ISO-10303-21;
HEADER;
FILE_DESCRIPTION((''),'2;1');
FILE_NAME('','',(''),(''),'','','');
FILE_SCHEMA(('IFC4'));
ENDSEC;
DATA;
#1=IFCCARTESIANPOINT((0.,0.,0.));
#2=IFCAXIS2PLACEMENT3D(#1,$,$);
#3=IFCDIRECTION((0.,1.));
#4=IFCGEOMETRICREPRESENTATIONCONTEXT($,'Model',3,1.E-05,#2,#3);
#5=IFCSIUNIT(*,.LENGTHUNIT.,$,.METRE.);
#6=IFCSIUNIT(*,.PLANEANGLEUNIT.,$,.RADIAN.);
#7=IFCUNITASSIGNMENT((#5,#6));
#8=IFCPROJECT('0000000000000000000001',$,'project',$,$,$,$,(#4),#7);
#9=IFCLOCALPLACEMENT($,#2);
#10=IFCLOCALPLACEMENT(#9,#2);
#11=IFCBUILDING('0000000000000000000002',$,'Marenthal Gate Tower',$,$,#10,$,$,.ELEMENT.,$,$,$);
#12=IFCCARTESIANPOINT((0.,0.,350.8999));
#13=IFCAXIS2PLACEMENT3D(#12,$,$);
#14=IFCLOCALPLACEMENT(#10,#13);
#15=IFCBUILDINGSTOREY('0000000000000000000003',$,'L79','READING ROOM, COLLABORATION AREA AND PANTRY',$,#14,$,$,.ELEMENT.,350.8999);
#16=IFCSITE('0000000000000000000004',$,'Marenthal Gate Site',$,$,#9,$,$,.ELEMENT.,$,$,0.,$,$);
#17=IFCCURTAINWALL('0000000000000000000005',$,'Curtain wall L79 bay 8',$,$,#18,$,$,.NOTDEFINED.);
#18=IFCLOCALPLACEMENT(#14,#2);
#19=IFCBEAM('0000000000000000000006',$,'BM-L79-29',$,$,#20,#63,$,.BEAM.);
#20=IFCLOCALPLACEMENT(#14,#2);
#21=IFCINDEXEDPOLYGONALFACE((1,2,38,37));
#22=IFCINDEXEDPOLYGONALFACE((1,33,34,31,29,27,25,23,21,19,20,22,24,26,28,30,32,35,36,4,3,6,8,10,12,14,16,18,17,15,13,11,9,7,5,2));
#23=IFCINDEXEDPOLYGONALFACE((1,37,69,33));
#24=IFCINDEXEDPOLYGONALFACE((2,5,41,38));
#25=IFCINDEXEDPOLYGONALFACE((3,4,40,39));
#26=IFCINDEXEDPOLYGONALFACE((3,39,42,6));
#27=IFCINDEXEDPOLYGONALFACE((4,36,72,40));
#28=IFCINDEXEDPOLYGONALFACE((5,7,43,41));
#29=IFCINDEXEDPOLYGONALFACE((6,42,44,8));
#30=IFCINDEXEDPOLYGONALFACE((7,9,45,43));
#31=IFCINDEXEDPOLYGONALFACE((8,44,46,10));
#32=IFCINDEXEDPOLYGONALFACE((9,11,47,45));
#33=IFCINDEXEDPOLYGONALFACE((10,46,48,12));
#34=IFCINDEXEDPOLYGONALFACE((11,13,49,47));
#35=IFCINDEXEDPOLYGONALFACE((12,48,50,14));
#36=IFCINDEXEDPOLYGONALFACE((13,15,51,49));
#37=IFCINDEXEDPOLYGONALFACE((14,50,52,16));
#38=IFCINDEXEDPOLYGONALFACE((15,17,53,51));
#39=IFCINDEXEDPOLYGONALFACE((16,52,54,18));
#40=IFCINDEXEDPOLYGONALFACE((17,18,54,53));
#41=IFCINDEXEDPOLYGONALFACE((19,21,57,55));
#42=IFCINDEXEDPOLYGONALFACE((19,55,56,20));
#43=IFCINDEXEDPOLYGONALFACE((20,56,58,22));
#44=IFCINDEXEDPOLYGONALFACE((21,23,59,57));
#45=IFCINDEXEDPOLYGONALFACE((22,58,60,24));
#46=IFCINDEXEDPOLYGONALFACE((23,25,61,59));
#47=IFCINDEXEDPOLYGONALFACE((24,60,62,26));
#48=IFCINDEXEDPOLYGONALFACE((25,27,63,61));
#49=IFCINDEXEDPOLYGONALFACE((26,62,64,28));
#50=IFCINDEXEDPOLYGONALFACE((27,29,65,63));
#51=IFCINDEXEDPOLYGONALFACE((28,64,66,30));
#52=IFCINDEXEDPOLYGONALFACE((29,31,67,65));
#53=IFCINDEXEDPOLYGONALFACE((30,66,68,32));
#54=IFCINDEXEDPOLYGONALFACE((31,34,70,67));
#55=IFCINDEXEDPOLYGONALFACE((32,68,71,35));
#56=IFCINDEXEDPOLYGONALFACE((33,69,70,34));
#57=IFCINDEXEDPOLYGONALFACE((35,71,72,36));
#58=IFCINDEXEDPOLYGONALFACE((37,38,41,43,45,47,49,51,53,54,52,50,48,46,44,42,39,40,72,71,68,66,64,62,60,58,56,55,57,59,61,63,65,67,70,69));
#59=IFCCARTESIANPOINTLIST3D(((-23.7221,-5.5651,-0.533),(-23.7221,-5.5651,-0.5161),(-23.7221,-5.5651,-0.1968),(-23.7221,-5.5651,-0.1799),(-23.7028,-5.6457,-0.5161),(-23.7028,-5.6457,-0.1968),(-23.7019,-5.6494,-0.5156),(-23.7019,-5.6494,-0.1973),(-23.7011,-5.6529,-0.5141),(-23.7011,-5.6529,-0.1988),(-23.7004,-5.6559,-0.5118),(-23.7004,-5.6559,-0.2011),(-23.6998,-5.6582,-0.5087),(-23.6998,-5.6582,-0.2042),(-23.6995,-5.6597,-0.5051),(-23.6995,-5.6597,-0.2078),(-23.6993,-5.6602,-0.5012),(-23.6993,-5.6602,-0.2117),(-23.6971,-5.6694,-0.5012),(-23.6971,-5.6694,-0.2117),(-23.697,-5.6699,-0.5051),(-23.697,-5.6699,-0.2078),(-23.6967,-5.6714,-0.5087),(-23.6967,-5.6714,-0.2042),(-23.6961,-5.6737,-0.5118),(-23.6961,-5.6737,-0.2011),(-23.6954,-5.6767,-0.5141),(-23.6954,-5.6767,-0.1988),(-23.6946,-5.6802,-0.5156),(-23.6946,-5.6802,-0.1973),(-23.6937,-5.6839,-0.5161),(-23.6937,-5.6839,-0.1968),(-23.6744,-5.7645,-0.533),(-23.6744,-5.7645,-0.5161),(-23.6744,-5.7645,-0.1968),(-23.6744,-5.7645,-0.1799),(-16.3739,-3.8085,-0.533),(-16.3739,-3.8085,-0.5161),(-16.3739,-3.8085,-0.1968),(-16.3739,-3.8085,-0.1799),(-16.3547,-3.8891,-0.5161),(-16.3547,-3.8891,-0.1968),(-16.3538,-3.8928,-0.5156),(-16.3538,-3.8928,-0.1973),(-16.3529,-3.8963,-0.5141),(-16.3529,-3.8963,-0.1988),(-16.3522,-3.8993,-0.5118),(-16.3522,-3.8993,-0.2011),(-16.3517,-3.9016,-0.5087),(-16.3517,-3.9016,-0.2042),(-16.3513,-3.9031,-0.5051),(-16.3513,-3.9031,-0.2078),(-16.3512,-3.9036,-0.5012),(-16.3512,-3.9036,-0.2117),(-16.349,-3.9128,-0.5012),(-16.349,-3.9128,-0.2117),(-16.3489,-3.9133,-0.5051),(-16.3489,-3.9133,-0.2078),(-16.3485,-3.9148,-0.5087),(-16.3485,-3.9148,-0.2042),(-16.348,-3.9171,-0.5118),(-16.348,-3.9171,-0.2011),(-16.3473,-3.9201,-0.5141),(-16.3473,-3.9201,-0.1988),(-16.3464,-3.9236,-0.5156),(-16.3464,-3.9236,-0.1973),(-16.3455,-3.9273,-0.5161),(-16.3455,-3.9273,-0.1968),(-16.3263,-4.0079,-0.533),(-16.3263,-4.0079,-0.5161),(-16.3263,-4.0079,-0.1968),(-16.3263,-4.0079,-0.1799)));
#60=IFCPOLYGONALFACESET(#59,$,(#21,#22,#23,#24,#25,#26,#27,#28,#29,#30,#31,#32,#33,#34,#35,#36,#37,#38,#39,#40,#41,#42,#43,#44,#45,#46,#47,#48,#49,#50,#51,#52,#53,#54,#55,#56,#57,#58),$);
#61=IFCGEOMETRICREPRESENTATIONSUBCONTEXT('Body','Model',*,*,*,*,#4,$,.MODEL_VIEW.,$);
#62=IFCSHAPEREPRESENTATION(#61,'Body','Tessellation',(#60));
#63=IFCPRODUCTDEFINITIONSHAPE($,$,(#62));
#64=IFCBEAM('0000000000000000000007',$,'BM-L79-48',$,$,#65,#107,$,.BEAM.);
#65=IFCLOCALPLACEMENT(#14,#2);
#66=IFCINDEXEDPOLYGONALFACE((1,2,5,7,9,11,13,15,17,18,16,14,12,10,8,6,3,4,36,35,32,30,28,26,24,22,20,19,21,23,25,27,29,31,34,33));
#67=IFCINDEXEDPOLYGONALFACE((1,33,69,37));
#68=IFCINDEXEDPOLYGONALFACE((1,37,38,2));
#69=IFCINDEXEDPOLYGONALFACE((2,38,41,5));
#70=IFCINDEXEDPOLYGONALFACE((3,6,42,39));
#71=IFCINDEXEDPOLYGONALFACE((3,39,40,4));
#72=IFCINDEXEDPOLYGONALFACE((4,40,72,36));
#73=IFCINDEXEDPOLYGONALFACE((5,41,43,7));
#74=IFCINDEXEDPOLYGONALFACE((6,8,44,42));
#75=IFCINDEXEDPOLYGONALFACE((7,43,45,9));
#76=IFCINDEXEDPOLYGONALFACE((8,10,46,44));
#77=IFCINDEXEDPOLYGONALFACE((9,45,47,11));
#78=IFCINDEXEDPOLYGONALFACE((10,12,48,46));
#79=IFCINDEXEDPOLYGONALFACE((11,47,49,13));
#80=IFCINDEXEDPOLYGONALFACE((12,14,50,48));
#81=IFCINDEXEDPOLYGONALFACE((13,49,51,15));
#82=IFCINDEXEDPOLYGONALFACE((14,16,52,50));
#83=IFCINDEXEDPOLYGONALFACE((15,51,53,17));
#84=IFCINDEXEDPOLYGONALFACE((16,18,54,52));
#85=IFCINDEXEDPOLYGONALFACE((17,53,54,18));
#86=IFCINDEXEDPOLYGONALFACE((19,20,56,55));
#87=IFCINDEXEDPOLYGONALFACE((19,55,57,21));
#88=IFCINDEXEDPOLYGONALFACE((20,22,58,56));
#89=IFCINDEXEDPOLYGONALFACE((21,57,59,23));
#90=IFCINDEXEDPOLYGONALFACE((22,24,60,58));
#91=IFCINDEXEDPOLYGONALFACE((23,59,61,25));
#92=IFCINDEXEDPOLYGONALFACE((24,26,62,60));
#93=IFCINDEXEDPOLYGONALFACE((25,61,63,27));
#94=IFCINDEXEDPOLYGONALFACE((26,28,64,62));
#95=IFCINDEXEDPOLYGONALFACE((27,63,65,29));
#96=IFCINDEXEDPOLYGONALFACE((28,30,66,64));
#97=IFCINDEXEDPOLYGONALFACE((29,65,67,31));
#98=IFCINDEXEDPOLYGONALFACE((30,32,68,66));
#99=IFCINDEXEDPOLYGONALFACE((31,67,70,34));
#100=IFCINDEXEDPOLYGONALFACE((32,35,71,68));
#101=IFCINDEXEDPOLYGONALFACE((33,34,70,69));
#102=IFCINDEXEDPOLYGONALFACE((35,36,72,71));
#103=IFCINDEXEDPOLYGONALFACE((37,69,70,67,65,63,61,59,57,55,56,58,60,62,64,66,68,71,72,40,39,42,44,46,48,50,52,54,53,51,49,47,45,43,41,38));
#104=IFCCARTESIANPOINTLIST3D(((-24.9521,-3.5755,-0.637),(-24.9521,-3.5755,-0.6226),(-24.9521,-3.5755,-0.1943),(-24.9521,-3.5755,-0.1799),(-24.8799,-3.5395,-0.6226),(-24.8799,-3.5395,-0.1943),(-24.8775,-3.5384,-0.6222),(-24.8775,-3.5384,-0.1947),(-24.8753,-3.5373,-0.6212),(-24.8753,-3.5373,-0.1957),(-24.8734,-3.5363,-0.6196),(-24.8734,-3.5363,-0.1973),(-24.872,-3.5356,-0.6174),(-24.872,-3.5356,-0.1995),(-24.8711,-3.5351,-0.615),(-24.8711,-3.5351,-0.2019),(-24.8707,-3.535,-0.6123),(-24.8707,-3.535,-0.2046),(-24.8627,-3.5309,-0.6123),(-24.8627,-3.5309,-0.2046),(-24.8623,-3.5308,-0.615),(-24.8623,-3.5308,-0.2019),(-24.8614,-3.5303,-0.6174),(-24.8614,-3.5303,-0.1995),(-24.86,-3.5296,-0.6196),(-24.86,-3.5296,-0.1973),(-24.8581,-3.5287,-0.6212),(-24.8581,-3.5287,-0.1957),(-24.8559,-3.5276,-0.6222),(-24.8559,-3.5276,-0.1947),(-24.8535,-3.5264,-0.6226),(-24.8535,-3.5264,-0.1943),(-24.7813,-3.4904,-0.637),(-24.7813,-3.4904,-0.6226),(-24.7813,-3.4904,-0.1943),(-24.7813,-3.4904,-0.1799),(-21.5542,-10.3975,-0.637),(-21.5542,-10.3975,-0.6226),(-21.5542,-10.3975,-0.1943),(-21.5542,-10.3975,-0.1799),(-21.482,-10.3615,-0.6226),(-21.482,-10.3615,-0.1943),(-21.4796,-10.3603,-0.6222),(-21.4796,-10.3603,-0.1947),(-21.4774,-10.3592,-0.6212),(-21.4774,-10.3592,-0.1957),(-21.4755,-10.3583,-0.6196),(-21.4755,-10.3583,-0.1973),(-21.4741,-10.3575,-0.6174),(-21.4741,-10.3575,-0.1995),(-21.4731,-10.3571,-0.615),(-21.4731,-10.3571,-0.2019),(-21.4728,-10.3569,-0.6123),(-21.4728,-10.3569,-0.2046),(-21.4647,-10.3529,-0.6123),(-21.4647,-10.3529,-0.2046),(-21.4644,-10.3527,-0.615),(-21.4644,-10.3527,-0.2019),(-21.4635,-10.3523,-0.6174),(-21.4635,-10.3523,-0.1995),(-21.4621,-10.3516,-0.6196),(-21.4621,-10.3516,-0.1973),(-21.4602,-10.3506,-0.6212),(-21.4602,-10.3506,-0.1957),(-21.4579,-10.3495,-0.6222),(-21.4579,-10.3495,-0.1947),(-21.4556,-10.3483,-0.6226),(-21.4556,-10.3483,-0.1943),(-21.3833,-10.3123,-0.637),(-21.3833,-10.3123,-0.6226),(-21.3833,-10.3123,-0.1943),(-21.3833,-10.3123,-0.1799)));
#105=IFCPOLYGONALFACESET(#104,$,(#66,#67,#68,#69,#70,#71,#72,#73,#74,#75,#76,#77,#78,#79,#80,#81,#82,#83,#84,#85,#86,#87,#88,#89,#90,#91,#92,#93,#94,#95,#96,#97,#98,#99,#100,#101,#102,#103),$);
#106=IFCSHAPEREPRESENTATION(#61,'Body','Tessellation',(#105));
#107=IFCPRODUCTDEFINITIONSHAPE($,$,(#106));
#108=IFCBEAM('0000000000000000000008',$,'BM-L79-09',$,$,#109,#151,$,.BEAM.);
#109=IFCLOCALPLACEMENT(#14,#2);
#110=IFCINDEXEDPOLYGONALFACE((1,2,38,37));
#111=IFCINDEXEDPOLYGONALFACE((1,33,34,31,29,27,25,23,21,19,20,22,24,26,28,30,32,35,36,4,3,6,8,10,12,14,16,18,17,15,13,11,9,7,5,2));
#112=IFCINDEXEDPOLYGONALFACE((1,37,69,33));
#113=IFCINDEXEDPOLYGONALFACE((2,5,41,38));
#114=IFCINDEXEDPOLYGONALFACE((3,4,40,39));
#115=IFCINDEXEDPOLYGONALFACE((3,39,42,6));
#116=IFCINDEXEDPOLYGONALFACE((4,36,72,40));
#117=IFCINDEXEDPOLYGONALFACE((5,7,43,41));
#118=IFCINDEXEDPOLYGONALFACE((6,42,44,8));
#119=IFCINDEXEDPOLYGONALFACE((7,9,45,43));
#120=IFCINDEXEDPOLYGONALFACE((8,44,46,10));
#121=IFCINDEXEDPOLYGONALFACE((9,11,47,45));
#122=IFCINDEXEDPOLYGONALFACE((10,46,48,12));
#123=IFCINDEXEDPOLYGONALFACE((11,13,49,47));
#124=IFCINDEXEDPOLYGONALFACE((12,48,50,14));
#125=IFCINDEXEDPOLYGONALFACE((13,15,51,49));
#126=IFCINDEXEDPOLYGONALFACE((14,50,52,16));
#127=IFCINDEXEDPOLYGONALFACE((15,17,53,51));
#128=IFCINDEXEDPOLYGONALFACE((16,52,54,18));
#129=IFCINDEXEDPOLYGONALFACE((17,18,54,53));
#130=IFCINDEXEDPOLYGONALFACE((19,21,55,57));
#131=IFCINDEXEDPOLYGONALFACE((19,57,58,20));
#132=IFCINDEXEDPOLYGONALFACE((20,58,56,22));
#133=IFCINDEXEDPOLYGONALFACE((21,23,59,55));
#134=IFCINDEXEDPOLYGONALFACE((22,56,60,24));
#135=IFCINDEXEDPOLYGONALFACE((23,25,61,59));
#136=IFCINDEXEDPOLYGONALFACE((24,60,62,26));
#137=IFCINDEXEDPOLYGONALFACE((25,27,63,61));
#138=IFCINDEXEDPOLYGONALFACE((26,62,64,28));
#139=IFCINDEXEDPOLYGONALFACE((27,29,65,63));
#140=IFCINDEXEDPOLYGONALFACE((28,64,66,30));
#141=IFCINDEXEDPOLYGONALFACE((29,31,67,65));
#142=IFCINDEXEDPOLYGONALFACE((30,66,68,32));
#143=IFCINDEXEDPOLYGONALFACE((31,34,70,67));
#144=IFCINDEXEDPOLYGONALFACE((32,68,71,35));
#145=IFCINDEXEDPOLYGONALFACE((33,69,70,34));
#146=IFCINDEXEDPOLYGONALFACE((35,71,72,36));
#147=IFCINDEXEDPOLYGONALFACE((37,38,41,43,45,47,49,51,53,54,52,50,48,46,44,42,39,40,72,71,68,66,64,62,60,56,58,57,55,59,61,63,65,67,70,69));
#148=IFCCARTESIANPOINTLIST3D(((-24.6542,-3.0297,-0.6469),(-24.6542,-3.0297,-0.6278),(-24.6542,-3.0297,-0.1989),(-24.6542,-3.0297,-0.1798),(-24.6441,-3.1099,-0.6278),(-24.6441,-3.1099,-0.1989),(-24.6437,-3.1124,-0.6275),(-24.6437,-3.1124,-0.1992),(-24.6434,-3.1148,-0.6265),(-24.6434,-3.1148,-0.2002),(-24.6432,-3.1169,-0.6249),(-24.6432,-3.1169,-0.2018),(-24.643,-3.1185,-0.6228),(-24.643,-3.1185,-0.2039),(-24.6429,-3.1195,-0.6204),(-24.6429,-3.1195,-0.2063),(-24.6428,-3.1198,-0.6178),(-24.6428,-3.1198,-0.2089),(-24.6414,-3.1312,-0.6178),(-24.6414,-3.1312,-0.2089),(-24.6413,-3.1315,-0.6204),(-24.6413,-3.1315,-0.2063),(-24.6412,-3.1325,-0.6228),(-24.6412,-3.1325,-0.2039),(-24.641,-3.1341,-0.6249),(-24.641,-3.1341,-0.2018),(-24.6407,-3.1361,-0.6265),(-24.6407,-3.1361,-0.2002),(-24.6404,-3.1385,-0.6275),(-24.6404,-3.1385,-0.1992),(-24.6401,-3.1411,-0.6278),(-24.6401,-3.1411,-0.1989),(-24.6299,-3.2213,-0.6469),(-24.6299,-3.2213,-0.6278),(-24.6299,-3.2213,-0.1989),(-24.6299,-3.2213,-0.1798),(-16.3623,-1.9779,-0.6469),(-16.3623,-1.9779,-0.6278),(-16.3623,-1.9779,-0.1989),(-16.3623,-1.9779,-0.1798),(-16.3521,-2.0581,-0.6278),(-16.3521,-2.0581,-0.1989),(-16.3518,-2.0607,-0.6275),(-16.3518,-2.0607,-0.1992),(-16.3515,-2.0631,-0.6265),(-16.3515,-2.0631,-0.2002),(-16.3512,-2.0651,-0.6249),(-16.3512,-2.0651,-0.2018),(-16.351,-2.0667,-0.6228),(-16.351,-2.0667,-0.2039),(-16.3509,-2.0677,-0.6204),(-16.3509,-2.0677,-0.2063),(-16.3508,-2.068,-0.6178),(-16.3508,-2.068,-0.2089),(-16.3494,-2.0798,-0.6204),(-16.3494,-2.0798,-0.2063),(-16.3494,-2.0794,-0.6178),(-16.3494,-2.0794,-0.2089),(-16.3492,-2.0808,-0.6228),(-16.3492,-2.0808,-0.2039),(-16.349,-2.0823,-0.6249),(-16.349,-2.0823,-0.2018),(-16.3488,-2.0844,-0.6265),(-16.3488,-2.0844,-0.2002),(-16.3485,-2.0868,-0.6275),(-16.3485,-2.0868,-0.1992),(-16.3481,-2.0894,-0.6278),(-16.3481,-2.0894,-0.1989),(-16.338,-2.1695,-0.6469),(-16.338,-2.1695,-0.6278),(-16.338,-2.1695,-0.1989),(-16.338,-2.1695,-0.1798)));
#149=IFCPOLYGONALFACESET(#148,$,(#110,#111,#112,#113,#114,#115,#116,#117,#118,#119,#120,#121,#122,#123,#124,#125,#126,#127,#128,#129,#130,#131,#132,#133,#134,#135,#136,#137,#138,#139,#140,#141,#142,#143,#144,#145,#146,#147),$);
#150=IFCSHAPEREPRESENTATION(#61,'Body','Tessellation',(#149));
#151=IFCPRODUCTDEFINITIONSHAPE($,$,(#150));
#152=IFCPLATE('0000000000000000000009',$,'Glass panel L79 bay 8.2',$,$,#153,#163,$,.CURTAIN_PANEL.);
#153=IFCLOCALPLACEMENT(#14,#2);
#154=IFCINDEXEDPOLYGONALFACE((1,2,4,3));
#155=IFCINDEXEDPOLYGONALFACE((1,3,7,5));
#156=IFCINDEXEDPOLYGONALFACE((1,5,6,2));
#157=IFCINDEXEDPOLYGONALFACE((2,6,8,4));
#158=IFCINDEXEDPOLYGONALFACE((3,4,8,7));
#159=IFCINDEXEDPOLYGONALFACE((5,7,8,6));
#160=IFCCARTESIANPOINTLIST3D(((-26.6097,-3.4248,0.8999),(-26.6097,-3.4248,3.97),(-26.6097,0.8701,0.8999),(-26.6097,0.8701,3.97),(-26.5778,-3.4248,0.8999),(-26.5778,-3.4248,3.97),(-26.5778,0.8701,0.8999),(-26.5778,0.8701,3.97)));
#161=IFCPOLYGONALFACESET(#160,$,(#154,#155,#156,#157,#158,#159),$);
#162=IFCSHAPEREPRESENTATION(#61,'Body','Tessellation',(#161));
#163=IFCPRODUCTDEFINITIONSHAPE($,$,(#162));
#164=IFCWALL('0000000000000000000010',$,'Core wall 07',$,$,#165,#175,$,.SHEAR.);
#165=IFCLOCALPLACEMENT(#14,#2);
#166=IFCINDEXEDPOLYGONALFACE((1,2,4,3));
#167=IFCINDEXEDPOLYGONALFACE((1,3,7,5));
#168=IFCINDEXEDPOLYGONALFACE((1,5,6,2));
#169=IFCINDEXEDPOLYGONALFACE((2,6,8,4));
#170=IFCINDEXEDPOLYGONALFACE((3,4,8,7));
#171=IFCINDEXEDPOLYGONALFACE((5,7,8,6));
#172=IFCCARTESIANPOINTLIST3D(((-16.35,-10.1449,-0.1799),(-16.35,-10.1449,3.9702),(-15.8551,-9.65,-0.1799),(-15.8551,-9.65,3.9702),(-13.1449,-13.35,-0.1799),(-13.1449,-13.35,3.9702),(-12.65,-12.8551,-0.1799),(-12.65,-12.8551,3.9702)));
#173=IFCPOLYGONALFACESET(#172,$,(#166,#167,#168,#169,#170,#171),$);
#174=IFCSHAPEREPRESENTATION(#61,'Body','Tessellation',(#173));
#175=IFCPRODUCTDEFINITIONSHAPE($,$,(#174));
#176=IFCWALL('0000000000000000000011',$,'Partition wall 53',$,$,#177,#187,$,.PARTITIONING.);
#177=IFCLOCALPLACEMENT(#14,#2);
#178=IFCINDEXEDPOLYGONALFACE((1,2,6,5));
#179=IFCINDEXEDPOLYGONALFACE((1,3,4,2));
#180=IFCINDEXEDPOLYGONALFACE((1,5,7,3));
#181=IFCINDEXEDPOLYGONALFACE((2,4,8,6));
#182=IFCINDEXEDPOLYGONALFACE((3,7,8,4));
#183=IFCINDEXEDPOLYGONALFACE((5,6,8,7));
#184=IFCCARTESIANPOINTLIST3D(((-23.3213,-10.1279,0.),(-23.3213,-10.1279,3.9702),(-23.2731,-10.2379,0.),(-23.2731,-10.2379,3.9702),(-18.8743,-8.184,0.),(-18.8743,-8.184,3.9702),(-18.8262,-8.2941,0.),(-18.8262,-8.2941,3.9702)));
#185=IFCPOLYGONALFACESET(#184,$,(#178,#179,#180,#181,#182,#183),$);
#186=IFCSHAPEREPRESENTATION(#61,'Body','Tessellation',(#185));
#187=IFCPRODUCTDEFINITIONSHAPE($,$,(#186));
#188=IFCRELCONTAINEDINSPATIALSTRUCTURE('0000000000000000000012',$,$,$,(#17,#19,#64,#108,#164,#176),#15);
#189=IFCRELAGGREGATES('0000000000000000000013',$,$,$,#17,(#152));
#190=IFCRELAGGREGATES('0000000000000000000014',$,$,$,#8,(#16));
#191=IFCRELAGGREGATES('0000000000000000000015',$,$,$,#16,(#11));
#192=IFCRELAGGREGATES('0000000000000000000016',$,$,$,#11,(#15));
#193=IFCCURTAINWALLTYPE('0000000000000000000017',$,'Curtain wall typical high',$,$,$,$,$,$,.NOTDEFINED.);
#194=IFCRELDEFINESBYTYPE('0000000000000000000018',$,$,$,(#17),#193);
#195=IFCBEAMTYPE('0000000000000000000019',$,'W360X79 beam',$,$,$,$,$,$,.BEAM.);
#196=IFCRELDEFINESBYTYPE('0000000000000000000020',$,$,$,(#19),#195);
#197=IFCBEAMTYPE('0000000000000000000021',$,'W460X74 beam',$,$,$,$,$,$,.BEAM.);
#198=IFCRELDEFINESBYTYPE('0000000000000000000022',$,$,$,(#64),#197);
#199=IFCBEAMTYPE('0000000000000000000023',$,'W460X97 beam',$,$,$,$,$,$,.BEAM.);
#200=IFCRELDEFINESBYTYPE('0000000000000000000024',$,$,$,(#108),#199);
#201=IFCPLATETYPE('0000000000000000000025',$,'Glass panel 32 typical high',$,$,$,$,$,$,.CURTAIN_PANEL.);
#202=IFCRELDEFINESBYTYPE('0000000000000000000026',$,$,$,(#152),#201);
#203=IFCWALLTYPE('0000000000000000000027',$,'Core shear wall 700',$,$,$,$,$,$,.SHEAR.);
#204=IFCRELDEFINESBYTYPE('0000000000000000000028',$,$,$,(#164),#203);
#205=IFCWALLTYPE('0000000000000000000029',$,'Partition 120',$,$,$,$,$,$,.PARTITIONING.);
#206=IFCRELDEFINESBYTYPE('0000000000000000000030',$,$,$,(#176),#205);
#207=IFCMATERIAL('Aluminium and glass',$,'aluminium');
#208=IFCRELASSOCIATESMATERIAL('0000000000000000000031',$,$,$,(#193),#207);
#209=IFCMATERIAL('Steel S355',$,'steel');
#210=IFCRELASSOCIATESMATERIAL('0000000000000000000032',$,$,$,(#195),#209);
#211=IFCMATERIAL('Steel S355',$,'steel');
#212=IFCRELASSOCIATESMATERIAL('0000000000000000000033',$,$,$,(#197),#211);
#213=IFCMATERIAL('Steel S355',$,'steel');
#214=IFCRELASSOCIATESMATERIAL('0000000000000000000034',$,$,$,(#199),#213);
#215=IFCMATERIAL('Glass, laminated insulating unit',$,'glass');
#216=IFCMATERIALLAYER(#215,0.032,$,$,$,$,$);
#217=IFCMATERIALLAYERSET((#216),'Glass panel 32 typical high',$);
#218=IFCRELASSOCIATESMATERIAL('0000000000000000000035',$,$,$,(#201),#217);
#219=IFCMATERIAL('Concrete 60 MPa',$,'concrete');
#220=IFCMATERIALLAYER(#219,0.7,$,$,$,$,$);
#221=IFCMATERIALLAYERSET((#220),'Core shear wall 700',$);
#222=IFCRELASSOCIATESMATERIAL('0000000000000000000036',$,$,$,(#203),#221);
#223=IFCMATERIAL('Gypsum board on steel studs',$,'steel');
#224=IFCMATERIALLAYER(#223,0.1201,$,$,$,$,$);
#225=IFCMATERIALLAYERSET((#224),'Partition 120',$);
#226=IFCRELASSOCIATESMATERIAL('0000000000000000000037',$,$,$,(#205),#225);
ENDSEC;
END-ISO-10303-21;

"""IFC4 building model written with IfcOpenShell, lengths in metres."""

from ifc_helpers import new_model, si_unit, direction, frame, frame_2d, origin, origin_2d, place, context, subcontext, project, spatial, rectangle, i_section, extrude, material, layer, layer_set, material_profile, profile_set, type_object, element, aggregate, save


model = new_model("IFC4")

# Units and contexts
model_context = context("Model", 3, precision=1e-05, world=origin(), true_north=direction((0.0, 1.0)))
body_context = subcontext(model_context, "Body", "Model", "MODEL_VIEW")
ifc_project = project(units=[si_unit("LENGTHUNIT", "METRE"), si_unit("PLANEANGLEUNIT", "RADIAN")], contexts=[model_context])

# Site, building, storey
site_placement = place(None, origin())
site = spatial("IfcSite", under=ifc_project, at=site_placement, Name="Marenthal Gate Site", CompositionType="ELEMENT", RefElevation=0.0)
building_placement = place(site_placement, origin())
building = spatial("IfcBuilding", under=site, at=building_placement, Name="Marenthal Gate Tower", CompositionType="ELEMENT")
storey_placement = place(building_placement, frame((0.0, 0.0, 350.8999)))
storey = spatial("IfcBuildingStorey", under=building, at=storey_placement, Name="L79", Description="READING ROOM, COLLABORATION AREA AND PANTRY", CompositionType="ELEMENT", Elevation=350.8999)

# Curtain wall
ifc_material_1 = material(Name="Aluminium and glass", Category="aluminium")
curtain_wall_type = type_object("IfcCurtainWallType", Name="Curtain wall typical high", PredefinedType="NOTDEFINED", material=ifc_material_1)
curtain_wall_placement = place(storey_placement, origin())
curtain_wall = element("IfcCurtainWall", 1, at=curtain_wall_placement, inside=storey, type_object=curtain_wall_type, Name="Curtain wall L79 bay 8", PredefinedType="NOTDEFINED")

# Beams
ifc_material_2 = material(Name="Steel S355", Category="steel")
ifc_material_profile_1 = material_profile(ifc_material_2, i_section(OverallWidth=0.2051, OverallDepth=0.353, WebThickness=0.0095, FlangeThickness=0.0168, FilletRadius=0.0149, at=origin_2d()), Name="W360X79")
ifc_profile_set_1 = profile_set([ifc_material_profile_1], Name="Steel S355")
beam_type_1 = type_object("IfcBeamType", Name="W360X79 beam", PredefinedType="BEAM", material=ifc_profile_set_1)
beam_1_placement = place(storey_placement, frame((-23.6982, -5.6648, -0.3564), z_axis=(0.972596, 0.232501, 0.0), x_axis=(-0.232501, 0.972596, 0.0)))
element("IfcBeam", 2, at=beam_1_placement, inside=storey, type_object=beam_type_1, Name="BM-L79-29", PredefinedType="BEAM", context=body_context, shape_type="SweptSolid", body=[
    extrude(i_section(OverallWidth=0.2051, OverallDepth=0.353, WebThickness=0.0095, FlangeThickness=0.0168, FilletRadius=0.0149, at=origin_2d()), origin(), (0.0, 0.0, 1.0), 7.5552),
])
ifc_material_3 = material(Name="Steel S355", Category="steel")
ifc_material_profile_2 = material_profile(ifc_material_3, i_section(OverallWidth=0.1909, OverallDepth=0.457, WebThickness=0.009, FlangeThickness=0.0144, FilletRadius=0.0103, at=origin_2d()), Name="W460X74")
ifc_profile_set_2 = profile_set([ifc_material_profile_2], Name="Steel S355")
beam_type_2 = type_object("IfcBeamType", Name="W460X74 beam", PredefinedType="BEAM", material=ifc_profile_set_2)
beam_2_placement = place(storey_placement, frame((-24.8667, -3.533, -0.4084), z_axis=(0.445842, -0.895112, 0.0), x_axis=(0.895112, 0.445842, 0.0)))
element("IfcBeam", 3, at=beam_2_placement, inside=storey, type_object=beam_type_2, Name="BM-L79-48", PredefinedType="BEAM", context=body_context, shape_type="SweptSolid", body=[
    extrude(i_section(OverallWidth=0.1909, OverallDepth=0.457, WebThickness=0.009, FlangeThickness=0.0144, FilletRadius=0.0103, at=origin_2d()), origin(), (0.0, 0.0, 1.0), 7.6213),
])
ifc_material_4 = material(Name="Steel S355", Category="steel")
ifc_material_profile_3 = material_profile(ifc_material_4, i_section(OverallWidth=0.1931, OverallDepth=0.467, WebThickness=0.0115, FlangeThickness=0.019, FilletRadius=0.01, at=origin_2d()), Name="W460X97")
ifc_profile_set_3 = profile_set([ifc_material_profile_3], Name="Steel S355")
beam_type_3 = type_object("IfcBeamType", Name="W460X97 beam", PredefinedType="BEAM", material=ifc_profile_set_3)
beam_3_placement = place(storey_placement, frame((-24.6421, -3.1255, -0.4133), z_axis=(0.992052, 0.125832, 0.0), x_axis=(-0.125832, 0.992052, 0.0)))
element("IfcBeam", 4, at=beam_3_placement, inside=storey, type_object=beam_type_3, Name="BM-L79-09", PredefinedType="BEAM", context=body_context, shape_type="SweptSolid", body=[
    extrude(i_section(OverallWidth=0.1931, OverallDepth=0.467, WebThickness=0.0115, FlangeThickness=0.019, FilletRadius=0.01, at=origin_2d()), origin(), (0.0, 0.0, 1.0), 8.3584),
])

# Plate
ifc_material_5 = material(Name="Glass, laminated insulating unit", Category="glass")
ifc_layer_1 = layer(ifc_material_5, 0.032)
ifc_layer_set_1 = layer_set([ifc_layer_1], Name="Glass panel 32 typical high")
plate_type = type_object("IfcPlateType", Name="Glass panel 32 typical high", PredefinedType="CURTAIN_PANEL", material=ifc_layer_set_1)
plate_placement = place(storey_placement, frame((-26.5938, -1.2773, 0.8999), z_axis=(0.0, 0.0, 1.0), x_axis=(0.0, -1.0, 0.0)))
plate = element("IfcPlate", 5, at=plate_placement, type_object=plate_type, Name="Glass panel L79 bay 8.2", PredefinedType="CURTAIN_PANEL", context=body_context, shape_type="SweptSolid", body=[
    extrude(rectangle(XDim=4.2949, YDim=0.032, at=origin_2d()), origin(), (0.0, 0.0, 1.0), 3.0701),
])
aggregate(curtain_wall, [plate])

# Walls
ifc_material_6 = material(Name="Concrete 60 MPa", Category="concrete")
ifc_layer_2 = layer(ifc_material_6, 0.7)
ifc_layer_set_2 = layer_set([ifc_layer_2], Name="Core shear wall 700")
wall_type_1 = type_object("IfcWallType", Name="Core shear wall 700", PredefinedType="SHEAR", material=ifc_layer_set_2)
wall_1_placement = place(storey_placement, frame((-16.1025, -9.8975, -0.1799), z_axis=(0.0, 0.0, 1.0), x_axis=(0.707107, -0.707107, 0.0)))
element("IfcWall", 6, at=wall_1_placement, inside=storey, type_object=wall_type_1, Name="Core wall 07", PredefinedType="SHEAR", context=body_context, shape_type="SweptSolid", body=[
    extrude(rectangle(XDim=4.5327, YDim=0.7, at=frame_2d((2.2664, 0.0))), origin(), (0.0, 0.0, 1.0), 4.1501),
])
ifc_material_7 = material(Name="Gypsum board on steel studs", Category="steel")
ifc_layer_3 = layer(ifc_material_7, 0.1201)
ifc_layer_set_3 = layer_set([ifc_layer_3], Name="Partition 120")
wall_type_2 = type_object("IfcWallType", Name="Partition 120", PredefinedType="PARTITIONING", material=ifc_layer_set_3)
wall_2_placement = place(storey_placement, frame((-18.8501, -8.239, 0.0), z_axis=(0.0, 0.0, 1.0), x_axis=(-0.916288, -0.400521, 0.0)))
element("IfcWall", 7, at=wall_2_placement, inside=storey, type_object=wall_type_2, Name="Partition wall 53", PredefinedType="PARTITIONING", context=body_context, shape_type="SweptSolid", body=[
    extrude(rectangle(XDim=4.8533, YDim=0.1201, at=frame_2d((2.4268, 0.0))), origin(), (0.0, 0.0, 1.0), 3.9702),
])

save(model, "model.ifc")
